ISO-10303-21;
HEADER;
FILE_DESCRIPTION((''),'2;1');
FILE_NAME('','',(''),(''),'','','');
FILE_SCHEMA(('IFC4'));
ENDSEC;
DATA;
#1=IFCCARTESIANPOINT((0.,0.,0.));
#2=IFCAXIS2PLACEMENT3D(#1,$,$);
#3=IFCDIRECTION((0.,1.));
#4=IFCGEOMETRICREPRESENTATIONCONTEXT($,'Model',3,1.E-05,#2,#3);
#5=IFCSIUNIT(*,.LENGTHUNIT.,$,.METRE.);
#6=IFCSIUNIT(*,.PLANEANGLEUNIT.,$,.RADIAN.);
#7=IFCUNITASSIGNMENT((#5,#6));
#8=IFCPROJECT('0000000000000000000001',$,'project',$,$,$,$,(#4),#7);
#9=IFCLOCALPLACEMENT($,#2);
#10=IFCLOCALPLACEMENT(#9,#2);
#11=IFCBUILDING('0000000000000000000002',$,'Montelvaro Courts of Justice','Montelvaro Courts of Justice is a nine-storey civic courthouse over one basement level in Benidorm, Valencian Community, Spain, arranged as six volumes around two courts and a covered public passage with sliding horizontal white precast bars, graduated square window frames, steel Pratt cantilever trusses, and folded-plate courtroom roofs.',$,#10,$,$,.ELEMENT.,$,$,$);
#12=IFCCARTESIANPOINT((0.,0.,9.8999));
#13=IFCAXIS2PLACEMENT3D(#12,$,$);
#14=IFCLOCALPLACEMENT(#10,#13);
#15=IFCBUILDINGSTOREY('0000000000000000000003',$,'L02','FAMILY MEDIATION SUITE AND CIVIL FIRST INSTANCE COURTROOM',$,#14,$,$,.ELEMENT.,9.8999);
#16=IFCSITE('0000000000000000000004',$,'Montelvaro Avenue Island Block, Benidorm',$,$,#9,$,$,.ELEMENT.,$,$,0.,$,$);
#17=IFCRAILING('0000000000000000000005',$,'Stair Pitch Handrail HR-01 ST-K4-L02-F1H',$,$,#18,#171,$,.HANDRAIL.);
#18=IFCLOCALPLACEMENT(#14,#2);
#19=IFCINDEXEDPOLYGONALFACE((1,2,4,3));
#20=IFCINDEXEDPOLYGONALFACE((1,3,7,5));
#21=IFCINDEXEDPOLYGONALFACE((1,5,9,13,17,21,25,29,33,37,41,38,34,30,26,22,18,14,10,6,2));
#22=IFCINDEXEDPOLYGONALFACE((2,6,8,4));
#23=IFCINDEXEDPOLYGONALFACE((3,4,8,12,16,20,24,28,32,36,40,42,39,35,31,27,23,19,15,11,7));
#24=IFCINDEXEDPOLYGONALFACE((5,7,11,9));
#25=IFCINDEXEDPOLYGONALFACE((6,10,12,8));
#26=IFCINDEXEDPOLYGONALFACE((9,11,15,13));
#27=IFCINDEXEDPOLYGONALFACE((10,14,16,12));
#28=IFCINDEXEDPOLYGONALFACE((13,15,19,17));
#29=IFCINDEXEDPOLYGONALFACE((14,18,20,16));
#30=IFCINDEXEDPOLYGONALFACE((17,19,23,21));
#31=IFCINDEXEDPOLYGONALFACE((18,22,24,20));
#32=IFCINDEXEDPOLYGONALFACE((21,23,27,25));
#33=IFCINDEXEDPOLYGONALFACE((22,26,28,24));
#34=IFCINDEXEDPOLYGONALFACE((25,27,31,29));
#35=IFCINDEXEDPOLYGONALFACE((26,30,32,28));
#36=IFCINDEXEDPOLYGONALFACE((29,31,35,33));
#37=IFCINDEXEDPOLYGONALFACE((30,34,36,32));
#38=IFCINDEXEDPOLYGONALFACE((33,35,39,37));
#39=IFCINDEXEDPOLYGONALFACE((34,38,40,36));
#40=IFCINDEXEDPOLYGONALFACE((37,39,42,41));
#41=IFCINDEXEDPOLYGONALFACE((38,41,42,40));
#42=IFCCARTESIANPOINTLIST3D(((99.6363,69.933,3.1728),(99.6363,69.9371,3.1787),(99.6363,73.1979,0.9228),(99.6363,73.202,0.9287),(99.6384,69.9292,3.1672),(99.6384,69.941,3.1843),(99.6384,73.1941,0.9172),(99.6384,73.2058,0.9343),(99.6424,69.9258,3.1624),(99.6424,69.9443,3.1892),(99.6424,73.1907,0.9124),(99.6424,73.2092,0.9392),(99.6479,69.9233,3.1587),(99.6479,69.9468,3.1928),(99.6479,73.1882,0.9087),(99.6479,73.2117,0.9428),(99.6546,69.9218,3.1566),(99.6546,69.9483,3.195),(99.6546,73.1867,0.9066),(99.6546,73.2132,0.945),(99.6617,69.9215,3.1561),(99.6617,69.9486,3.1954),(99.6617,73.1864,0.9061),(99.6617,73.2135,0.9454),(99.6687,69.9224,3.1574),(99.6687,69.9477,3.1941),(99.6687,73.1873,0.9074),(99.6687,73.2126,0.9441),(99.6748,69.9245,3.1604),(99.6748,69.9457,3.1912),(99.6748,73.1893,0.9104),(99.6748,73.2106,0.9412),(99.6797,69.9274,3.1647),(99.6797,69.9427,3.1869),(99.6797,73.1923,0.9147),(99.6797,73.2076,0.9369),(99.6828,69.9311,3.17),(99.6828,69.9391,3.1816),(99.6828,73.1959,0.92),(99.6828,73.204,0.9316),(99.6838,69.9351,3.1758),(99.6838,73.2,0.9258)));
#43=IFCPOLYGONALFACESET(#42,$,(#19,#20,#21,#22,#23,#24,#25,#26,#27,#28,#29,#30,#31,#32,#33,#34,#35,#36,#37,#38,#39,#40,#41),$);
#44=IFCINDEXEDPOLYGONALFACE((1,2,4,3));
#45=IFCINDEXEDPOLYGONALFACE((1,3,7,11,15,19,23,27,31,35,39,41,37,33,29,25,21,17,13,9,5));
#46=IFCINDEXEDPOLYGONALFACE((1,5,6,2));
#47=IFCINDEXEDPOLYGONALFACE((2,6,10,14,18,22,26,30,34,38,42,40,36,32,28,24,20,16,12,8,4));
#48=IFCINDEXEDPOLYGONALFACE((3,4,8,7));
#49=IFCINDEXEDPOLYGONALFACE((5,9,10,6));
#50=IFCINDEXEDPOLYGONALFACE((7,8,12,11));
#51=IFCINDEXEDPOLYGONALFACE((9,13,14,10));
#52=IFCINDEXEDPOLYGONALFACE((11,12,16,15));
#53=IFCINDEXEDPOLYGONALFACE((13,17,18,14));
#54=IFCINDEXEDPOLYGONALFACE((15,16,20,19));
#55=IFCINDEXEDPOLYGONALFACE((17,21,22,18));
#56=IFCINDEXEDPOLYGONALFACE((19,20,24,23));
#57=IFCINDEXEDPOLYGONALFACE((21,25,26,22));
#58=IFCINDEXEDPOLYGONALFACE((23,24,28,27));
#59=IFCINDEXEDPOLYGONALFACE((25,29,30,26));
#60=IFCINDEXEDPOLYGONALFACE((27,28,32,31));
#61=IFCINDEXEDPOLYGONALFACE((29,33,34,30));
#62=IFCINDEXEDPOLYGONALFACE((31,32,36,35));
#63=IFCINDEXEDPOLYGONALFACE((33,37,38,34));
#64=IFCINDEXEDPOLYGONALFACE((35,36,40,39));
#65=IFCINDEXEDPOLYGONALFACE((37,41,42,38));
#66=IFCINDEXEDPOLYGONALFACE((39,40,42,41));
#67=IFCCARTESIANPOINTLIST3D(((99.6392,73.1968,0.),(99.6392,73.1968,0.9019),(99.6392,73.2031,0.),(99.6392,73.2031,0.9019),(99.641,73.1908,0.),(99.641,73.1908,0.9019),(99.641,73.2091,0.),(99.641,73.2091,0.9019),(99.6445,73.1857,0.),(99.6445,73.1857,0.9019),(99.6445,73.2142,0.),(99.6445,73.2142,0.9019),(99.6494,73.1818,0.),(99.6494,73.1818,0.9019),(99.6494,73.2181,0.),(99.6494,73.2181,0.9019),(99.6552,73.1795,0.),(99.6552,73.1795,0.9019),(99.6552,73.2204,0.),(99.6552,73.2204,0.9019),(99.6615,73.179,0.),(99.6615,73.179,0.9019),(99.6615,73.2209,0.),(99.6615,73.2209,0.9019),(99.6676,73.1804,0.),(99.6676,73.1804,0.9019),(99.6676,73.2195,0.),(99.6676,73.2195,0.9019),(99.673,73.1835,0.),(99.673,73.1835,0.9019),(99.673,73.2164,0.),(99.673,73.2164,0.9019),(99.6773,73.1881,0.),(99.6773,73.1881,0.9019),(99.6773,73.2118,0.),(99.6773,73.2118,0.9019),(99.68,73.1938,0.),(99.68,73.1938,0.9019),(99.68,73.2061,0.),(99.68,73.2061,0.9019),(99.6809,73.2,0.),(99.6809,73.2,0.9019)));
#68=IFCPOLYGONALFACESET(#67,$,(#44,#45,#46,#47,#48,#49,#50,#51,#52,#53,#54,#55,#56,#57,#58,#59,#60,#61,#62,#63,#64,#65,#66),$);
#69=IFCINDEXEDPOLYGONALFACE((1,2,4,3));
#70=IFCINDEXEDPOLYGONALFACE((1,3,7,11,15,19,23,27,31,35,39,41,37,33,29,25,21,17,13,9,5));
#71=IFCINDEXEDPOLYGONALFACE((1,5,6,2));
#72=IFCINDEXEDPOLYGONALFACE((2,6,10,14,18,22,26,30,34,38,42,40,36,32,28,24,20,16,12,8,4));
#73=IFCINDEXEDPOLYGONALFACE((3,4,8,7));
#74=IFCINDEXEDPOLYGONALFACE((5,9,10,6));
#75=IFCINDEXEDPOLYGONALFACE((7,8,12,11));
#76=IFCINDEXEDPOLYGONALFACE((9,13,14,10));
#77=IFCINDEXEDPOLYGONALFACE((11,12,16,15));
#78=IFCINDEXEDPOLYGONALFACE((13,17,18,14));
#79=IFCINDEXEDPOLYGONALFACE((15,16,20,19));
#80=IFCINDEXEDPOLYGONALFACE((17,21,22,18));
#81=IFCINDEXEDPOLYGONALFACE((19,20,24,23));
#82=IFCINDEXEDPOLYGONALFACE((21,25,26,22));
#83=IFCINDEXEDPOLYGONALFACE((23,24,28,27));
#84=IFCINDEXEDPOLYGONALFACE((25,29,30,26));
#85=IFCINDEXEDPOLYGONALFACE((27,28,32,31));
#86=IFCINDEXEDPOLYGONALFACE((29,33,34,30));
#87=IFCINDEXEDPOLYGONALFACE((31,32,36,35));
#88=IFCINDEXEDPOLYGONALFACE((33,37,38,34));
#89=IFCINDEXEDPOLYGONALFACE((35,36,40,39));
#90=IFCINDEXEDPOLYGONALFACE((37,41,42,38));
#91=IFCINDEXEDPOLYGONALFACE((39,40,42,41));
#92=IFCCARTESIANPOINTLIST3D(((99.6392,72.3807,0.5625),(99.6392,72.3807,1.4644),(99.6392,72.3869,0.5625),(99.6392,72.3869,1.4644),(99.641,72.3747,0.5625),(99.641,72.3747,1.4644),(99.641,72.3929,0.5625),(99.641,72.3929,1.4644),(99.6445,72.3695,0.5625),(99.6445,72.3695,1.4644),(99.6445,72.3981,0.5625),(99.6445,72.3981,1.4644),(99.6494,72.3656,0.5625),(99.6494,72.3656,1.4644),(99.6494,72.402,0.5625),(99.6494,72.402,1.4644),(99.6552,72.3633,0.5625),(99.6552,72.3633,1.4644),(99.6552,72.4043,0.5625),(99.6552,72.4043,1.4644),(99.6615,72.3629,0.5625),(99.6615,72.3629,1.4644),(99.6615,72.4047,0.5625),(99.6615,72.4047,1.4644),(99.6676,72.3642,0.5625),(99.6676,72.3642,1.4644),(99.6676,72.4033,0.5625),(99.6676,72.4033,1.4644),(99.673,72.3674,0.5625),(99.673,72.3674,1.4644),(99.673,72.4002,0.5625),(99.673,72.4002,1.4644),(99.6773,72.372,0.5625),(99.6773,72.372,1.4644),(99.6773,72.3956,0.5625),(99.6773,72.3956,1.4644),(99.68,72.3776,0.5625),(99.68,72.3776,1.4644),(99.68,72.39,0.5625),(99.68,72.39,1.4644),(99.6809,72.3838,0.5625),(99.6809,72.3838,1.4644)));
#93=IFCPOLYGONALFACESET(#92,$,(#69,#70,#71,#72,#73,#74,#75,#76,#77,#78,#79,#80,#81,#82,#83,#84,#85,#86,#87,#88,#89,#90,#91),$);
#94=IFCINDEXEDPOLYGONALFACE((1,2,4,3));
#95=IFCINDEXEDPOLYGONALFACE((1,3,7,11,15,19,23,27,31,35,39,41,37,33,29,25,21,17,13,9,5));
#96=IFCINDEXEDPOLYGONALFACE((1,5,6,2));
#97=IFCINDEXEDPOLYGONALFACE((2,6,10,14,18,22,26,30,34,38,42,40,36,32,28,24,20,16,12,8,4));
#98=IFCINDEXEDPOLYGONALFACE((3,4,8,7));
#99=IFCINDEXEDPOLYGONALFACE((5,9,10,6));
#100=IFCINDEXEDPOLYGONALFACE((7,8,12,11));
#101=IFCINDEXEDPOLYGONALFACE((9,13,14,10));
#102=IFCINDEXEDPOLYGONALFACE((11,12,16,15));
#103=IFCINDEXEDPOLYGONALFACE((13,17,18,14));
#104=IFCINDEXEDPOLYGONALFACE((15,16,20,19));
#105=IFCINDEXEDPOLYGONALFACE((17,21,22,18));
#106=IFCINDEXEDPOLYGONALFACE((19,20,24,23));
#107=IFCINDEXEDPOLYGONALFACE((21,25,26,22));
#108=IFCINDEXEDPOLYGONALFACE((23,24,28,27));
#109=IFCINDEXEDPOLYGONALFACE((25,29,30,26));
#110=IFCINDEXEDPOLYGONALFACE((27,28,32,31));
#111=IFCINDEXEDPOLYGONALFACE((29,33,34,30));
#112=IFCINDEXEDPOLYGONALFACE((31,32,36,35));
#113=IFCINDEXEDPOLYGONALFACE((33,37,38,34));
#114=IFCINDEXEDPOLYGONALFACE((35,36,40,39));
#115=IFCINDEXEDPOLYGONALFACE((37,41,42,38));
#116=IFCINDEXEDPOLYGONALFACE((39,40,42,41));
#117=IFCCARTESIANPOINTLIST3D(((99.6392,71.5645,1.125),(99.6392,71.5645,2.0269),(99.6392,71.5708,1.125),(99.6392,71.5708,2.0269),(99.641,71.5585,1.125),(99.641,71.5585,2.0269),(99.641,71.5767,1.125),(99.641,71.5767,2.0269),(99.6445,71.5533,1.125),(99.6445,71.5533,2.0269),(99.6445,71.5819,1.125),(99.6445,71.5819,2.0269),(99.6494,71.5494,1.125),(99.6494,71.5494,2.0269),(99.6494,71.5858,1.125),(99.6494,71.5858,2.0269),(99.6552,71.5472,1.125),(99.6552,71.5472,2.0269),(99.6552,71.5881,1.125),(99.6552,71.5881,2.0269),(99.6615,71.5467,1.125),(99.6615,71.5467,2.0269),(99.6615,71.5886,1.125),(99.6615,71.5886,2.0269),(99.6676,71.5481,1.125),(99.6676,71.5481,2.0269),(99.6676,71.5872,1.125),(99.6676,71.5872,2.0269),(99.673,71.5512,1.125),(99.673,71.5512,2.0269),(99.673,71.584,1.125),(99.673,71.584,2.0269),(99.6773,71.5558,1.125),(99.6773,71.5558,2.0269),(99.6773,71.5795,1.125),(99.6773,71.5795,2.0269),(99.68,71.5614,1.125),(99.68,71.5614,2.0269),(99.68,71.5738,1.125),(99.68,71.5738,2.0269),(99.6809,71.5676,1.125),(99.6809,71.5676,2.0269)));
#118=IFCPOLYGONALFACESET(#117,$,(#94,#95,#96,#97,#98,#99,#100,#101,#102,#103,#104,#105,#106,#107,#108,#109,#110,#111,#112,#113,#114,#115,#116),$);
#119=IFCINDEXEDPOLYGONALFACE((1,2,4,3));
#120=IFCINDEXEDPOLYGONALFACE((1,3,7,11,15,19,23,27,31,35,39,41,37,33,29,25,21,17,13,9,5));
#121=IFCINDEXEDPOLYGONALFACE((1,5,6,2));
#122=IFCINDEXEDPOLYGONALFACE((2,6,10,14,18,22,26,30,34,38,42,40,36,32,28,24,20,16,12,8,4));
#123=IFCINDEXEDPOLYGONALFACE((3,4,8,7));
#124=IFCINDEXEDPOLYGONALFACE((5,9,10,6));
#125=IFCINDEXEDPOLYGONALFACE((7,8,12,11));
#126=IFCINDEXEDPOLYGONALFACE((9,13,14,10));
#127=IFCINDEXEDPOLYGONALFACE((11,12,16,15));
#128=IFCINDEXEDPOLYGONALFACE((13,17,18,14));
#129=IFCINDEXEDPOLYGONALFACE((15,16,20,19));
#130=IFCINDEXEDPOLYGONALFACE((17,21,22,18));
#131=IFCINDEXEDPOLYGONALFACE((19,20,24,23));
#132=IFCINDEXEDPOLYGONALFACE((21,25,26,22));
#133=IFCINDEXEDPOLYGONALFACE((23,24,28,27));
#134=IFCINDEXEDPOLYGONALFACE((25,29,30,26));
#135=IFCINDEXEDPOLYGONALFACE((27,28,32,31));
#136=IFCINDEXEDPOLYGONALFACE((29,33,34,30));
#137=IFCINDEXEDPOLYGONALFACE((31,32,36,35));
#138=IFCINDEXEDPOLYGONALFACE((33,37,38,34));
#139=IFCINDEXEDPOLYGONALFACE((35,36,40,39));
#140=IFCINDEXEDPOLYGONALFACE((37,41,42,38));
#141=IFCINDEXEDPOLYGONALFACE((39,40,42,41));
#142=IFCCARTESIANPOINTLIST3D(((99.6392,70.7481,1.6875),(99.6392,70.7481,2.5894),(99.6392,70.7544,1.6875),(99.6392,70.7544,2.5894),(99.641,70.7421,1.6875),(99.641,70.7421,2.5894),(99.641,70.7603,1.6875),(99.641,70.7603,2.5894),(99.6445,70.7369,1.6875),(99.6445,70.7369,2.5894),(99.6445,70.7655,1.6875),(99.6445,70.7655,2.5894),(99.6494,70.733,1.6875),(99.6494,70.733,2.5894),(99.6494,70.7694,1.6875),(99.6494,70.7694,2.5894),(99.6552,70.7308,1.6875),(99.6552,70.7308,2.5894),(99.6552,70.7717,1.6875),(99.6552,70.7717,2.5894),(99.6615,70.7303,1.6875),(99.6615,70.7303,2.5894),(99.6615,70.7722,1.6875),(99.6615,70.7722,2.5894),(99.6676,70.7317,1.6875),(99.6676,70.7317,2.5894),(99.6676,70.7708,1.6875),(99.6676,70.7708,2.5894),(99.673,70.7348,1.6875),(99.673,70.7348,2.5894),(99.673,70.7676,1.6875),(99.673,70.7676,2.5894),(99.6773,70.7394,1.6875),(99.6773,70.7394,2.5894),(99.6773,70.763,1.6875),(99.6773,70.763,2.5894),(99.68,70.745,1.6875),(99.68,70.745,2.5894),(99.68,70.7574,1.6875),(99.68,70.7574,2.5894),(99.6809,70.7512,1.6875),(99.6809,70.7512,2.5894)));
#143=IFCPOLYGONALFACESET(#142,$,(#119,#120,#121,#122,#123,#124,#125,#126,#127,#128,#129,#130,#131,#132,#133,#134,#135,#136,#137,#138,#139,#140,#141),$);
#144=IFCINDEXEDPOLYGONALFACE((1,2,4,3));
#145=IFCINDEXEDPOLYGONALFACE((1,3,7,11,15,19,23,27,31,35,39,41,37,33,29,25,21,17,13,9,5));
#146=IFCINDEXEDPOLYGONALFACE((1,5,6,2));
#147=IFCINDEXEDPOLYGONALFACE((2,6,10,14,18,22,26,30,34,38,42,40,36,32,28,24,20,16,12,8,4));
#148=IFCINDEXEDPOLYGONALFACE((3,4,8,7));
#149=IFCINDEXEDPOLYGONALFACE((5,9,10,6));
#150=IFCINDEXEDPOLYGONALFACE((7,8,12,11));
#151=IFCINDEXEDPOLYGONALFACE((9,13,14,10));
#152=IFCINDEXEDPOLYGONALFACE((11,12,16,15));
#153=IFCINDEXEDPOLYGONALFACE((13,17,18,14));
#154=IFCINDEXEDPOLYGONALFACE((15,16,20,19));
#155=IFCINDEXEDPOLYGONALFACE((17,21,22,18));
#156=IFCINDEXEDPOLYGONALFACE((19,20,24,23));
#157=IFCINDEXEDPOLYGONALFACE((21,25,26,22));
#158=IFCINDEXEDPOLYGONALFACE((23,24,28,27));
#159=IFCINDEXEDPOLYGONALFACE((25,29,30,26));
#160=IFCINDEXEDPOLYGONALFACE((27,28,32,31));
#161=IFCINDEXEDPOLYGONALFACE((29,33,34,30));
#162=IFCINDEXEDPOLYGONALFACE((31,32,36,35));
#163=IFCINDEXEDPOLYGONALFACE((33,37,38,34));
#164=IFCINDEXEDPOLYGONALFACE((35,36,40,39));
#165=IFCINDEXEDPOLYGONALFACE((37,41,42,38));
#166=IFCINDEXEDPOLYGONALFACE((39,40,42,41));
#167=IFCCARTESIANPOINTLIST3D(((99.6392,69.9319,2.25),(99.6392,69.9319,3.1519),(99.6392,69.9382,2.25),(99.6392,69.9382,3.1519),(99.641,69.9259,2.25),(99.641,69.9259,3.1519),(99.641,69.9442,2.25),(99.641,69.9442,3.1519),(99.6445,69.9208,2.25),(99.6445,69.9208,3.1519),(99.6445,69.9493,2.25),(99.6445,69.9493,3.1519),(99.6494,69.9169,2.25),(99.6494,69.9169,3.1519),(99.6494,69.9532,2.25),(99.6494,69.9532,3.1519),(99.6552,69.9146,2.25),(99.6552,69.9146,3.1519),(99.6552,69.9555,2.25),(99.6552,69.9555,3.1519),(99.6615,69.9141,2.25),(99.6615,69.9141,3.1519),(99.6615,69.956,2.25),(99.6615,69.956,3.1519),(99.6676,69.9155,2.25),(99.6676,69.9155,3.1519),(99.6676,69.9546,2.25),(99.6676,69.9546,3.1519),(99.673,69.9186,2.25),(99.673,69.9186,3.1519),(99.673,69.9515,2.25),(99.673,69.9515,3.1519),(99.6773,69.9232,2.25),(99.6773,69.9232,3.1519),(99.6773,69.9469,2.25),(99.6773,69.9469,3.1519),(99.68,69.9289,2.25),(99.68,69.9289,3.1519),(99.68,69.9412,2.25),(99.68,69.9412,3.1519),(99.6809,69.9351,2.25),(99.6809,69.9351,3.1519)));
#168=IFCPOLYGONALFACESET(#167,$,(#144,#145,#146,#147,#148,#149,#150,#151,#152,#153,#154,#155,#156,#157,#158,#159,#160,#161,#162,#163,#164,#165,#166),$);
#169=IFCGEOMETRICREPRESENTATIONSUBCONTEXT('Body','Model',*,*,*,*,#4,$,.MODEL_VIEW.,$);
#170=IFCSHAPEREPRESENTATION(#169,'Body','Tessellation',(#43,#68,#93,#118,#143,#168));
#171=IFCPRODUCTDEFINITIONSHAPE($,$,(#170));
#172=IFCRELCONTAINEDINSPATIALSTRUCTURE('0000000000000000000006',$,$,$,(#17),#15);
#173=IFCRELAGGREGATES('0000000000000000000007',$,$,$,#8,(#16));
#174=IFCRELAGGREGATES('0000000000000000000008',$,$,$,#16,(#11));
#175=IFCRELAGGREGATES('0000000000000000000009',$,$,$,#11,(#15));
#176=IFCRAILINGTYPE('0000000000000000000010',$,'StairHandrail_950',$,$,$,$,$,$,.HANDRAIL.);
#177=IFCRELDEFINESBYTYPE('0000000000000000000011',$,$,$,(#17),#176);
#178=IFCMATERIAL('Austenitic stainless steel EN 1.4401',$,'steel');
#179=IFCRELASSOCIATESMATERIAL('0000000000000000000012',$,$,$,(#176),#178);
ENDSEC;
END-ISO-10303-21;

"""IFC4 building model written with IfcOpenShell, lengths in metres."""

from ifc_helpers import new_model, si_unit, direction, frame, origin, origin_2d, place, context, subcontext, project, spatial, circle, extrude, material, type_object, element, save


model = new_model("IFC4")

# Units and contexts
model_context = context("Model", 3, precision=1e-05, world=origin(), true_north=direction((0.0, 1.0)))
body_context = subcontext(model_context, "Body", "Model", "MODEL_VIEW")
ifc_project = project(units=[si_unit("LENGTHUNIT", "METRE"), si_unit("PLANEANGLEUNIT", "RADIAN")], contexts=[model_context])

# Site, building, storey
site_placement = place(None, origin())
site = spatial("IfcSite", under=ifc_project, at=site_placement, Name="Montelvaro Avenue Island Block, Benidorm", CompositionType="ELEMENT", RefElevation=0.0)
building_placement = place(site_placement, origin())
building = spatial("IfcBuilding", under=site, at=building_placement, Name="Montelvaro Courts of Justice", Description="Montelvaro Courts of Justice is a nine-storey civic courthouse over one basement level in Benidorm, Valencian Community, Spain, arranged as six volumes around two courts and a covered public passage with sliding horizontal white precast bars, graduated square window frames, steel Pratt cantilever trusses, and folded-plate courtroom roofs.", CompositionType="ELEMENT")
storey_placement = place(building_placement, frame((0.0, 0.0, 9.8999)))
storey = spatial("IfcBuildingStorey", under=building, at=storey_placement, Name="L02", Description="FAMILY MEDIATION SUITE AND CIVIL FIRST INSTANCE COURTROOM", CompositionType="ELEMENT", Elevation=9.8999)

# Railing
ifc_material_1 = material(Name="Austenitic stainless steel EN 1.4401", Category="steel")
railing_type_1 = type_object("IfcRailingType", Name="StairHandrail_950", PredefinedType="HANDRAIL", material=ifc_material_1)
railing_1_placement = place(storey_placement, frame((99.6599, 73.2, 0.0)))
element("IfcRailing", 1, at=railing_1_placement, inside=storey, type_object=railing_type_1, Name="Stair Pitch Handrail HR-01 ST-K4-L02-F1H", PredefinedType="HANDRAIL", context=body_context, shape_type="SweptSolid", body=[
    extrude(circle(Radius=0.0239, at=origin_2d()), frame((0.0, 0.0, 0.9258), z_axis=(0.0, -0.823407, 0.567451), x_axis=(1.0, 0.0, 0.0)), (0.0, 0.0, 1.0), 3.9651),
    extrude(circle(Radius=0.021, at=origin_2d()), origin(), (0.0, 0.0, 1.0), 0.9019),
    extrude(circle(Radius=0.021, at=origin_2d()), frame((0.0, -0.8162, 0.5625)), (0.0, 0.0, 1.0), 0.9019),
    extrude(circle(Radius=0.021, at=origin_2d()), frame((0.0, -1.6323, 1.125)), (0.0, 0.0, 1.0), 0.9019),
    extrude(circle(Radius=0.021, at=origin_2d()), frame((0.0, -2.4487, 1.6875)), (0.0, 0.0, 1.0), 0.9019),
    extrude(circle(Radius=0.021, at=origin_2d()), frame((0.0, -3.2649, 2.25)), (0.0, 0.0, 1.0), 0.9019),
])

save(model, "model.ifc")
